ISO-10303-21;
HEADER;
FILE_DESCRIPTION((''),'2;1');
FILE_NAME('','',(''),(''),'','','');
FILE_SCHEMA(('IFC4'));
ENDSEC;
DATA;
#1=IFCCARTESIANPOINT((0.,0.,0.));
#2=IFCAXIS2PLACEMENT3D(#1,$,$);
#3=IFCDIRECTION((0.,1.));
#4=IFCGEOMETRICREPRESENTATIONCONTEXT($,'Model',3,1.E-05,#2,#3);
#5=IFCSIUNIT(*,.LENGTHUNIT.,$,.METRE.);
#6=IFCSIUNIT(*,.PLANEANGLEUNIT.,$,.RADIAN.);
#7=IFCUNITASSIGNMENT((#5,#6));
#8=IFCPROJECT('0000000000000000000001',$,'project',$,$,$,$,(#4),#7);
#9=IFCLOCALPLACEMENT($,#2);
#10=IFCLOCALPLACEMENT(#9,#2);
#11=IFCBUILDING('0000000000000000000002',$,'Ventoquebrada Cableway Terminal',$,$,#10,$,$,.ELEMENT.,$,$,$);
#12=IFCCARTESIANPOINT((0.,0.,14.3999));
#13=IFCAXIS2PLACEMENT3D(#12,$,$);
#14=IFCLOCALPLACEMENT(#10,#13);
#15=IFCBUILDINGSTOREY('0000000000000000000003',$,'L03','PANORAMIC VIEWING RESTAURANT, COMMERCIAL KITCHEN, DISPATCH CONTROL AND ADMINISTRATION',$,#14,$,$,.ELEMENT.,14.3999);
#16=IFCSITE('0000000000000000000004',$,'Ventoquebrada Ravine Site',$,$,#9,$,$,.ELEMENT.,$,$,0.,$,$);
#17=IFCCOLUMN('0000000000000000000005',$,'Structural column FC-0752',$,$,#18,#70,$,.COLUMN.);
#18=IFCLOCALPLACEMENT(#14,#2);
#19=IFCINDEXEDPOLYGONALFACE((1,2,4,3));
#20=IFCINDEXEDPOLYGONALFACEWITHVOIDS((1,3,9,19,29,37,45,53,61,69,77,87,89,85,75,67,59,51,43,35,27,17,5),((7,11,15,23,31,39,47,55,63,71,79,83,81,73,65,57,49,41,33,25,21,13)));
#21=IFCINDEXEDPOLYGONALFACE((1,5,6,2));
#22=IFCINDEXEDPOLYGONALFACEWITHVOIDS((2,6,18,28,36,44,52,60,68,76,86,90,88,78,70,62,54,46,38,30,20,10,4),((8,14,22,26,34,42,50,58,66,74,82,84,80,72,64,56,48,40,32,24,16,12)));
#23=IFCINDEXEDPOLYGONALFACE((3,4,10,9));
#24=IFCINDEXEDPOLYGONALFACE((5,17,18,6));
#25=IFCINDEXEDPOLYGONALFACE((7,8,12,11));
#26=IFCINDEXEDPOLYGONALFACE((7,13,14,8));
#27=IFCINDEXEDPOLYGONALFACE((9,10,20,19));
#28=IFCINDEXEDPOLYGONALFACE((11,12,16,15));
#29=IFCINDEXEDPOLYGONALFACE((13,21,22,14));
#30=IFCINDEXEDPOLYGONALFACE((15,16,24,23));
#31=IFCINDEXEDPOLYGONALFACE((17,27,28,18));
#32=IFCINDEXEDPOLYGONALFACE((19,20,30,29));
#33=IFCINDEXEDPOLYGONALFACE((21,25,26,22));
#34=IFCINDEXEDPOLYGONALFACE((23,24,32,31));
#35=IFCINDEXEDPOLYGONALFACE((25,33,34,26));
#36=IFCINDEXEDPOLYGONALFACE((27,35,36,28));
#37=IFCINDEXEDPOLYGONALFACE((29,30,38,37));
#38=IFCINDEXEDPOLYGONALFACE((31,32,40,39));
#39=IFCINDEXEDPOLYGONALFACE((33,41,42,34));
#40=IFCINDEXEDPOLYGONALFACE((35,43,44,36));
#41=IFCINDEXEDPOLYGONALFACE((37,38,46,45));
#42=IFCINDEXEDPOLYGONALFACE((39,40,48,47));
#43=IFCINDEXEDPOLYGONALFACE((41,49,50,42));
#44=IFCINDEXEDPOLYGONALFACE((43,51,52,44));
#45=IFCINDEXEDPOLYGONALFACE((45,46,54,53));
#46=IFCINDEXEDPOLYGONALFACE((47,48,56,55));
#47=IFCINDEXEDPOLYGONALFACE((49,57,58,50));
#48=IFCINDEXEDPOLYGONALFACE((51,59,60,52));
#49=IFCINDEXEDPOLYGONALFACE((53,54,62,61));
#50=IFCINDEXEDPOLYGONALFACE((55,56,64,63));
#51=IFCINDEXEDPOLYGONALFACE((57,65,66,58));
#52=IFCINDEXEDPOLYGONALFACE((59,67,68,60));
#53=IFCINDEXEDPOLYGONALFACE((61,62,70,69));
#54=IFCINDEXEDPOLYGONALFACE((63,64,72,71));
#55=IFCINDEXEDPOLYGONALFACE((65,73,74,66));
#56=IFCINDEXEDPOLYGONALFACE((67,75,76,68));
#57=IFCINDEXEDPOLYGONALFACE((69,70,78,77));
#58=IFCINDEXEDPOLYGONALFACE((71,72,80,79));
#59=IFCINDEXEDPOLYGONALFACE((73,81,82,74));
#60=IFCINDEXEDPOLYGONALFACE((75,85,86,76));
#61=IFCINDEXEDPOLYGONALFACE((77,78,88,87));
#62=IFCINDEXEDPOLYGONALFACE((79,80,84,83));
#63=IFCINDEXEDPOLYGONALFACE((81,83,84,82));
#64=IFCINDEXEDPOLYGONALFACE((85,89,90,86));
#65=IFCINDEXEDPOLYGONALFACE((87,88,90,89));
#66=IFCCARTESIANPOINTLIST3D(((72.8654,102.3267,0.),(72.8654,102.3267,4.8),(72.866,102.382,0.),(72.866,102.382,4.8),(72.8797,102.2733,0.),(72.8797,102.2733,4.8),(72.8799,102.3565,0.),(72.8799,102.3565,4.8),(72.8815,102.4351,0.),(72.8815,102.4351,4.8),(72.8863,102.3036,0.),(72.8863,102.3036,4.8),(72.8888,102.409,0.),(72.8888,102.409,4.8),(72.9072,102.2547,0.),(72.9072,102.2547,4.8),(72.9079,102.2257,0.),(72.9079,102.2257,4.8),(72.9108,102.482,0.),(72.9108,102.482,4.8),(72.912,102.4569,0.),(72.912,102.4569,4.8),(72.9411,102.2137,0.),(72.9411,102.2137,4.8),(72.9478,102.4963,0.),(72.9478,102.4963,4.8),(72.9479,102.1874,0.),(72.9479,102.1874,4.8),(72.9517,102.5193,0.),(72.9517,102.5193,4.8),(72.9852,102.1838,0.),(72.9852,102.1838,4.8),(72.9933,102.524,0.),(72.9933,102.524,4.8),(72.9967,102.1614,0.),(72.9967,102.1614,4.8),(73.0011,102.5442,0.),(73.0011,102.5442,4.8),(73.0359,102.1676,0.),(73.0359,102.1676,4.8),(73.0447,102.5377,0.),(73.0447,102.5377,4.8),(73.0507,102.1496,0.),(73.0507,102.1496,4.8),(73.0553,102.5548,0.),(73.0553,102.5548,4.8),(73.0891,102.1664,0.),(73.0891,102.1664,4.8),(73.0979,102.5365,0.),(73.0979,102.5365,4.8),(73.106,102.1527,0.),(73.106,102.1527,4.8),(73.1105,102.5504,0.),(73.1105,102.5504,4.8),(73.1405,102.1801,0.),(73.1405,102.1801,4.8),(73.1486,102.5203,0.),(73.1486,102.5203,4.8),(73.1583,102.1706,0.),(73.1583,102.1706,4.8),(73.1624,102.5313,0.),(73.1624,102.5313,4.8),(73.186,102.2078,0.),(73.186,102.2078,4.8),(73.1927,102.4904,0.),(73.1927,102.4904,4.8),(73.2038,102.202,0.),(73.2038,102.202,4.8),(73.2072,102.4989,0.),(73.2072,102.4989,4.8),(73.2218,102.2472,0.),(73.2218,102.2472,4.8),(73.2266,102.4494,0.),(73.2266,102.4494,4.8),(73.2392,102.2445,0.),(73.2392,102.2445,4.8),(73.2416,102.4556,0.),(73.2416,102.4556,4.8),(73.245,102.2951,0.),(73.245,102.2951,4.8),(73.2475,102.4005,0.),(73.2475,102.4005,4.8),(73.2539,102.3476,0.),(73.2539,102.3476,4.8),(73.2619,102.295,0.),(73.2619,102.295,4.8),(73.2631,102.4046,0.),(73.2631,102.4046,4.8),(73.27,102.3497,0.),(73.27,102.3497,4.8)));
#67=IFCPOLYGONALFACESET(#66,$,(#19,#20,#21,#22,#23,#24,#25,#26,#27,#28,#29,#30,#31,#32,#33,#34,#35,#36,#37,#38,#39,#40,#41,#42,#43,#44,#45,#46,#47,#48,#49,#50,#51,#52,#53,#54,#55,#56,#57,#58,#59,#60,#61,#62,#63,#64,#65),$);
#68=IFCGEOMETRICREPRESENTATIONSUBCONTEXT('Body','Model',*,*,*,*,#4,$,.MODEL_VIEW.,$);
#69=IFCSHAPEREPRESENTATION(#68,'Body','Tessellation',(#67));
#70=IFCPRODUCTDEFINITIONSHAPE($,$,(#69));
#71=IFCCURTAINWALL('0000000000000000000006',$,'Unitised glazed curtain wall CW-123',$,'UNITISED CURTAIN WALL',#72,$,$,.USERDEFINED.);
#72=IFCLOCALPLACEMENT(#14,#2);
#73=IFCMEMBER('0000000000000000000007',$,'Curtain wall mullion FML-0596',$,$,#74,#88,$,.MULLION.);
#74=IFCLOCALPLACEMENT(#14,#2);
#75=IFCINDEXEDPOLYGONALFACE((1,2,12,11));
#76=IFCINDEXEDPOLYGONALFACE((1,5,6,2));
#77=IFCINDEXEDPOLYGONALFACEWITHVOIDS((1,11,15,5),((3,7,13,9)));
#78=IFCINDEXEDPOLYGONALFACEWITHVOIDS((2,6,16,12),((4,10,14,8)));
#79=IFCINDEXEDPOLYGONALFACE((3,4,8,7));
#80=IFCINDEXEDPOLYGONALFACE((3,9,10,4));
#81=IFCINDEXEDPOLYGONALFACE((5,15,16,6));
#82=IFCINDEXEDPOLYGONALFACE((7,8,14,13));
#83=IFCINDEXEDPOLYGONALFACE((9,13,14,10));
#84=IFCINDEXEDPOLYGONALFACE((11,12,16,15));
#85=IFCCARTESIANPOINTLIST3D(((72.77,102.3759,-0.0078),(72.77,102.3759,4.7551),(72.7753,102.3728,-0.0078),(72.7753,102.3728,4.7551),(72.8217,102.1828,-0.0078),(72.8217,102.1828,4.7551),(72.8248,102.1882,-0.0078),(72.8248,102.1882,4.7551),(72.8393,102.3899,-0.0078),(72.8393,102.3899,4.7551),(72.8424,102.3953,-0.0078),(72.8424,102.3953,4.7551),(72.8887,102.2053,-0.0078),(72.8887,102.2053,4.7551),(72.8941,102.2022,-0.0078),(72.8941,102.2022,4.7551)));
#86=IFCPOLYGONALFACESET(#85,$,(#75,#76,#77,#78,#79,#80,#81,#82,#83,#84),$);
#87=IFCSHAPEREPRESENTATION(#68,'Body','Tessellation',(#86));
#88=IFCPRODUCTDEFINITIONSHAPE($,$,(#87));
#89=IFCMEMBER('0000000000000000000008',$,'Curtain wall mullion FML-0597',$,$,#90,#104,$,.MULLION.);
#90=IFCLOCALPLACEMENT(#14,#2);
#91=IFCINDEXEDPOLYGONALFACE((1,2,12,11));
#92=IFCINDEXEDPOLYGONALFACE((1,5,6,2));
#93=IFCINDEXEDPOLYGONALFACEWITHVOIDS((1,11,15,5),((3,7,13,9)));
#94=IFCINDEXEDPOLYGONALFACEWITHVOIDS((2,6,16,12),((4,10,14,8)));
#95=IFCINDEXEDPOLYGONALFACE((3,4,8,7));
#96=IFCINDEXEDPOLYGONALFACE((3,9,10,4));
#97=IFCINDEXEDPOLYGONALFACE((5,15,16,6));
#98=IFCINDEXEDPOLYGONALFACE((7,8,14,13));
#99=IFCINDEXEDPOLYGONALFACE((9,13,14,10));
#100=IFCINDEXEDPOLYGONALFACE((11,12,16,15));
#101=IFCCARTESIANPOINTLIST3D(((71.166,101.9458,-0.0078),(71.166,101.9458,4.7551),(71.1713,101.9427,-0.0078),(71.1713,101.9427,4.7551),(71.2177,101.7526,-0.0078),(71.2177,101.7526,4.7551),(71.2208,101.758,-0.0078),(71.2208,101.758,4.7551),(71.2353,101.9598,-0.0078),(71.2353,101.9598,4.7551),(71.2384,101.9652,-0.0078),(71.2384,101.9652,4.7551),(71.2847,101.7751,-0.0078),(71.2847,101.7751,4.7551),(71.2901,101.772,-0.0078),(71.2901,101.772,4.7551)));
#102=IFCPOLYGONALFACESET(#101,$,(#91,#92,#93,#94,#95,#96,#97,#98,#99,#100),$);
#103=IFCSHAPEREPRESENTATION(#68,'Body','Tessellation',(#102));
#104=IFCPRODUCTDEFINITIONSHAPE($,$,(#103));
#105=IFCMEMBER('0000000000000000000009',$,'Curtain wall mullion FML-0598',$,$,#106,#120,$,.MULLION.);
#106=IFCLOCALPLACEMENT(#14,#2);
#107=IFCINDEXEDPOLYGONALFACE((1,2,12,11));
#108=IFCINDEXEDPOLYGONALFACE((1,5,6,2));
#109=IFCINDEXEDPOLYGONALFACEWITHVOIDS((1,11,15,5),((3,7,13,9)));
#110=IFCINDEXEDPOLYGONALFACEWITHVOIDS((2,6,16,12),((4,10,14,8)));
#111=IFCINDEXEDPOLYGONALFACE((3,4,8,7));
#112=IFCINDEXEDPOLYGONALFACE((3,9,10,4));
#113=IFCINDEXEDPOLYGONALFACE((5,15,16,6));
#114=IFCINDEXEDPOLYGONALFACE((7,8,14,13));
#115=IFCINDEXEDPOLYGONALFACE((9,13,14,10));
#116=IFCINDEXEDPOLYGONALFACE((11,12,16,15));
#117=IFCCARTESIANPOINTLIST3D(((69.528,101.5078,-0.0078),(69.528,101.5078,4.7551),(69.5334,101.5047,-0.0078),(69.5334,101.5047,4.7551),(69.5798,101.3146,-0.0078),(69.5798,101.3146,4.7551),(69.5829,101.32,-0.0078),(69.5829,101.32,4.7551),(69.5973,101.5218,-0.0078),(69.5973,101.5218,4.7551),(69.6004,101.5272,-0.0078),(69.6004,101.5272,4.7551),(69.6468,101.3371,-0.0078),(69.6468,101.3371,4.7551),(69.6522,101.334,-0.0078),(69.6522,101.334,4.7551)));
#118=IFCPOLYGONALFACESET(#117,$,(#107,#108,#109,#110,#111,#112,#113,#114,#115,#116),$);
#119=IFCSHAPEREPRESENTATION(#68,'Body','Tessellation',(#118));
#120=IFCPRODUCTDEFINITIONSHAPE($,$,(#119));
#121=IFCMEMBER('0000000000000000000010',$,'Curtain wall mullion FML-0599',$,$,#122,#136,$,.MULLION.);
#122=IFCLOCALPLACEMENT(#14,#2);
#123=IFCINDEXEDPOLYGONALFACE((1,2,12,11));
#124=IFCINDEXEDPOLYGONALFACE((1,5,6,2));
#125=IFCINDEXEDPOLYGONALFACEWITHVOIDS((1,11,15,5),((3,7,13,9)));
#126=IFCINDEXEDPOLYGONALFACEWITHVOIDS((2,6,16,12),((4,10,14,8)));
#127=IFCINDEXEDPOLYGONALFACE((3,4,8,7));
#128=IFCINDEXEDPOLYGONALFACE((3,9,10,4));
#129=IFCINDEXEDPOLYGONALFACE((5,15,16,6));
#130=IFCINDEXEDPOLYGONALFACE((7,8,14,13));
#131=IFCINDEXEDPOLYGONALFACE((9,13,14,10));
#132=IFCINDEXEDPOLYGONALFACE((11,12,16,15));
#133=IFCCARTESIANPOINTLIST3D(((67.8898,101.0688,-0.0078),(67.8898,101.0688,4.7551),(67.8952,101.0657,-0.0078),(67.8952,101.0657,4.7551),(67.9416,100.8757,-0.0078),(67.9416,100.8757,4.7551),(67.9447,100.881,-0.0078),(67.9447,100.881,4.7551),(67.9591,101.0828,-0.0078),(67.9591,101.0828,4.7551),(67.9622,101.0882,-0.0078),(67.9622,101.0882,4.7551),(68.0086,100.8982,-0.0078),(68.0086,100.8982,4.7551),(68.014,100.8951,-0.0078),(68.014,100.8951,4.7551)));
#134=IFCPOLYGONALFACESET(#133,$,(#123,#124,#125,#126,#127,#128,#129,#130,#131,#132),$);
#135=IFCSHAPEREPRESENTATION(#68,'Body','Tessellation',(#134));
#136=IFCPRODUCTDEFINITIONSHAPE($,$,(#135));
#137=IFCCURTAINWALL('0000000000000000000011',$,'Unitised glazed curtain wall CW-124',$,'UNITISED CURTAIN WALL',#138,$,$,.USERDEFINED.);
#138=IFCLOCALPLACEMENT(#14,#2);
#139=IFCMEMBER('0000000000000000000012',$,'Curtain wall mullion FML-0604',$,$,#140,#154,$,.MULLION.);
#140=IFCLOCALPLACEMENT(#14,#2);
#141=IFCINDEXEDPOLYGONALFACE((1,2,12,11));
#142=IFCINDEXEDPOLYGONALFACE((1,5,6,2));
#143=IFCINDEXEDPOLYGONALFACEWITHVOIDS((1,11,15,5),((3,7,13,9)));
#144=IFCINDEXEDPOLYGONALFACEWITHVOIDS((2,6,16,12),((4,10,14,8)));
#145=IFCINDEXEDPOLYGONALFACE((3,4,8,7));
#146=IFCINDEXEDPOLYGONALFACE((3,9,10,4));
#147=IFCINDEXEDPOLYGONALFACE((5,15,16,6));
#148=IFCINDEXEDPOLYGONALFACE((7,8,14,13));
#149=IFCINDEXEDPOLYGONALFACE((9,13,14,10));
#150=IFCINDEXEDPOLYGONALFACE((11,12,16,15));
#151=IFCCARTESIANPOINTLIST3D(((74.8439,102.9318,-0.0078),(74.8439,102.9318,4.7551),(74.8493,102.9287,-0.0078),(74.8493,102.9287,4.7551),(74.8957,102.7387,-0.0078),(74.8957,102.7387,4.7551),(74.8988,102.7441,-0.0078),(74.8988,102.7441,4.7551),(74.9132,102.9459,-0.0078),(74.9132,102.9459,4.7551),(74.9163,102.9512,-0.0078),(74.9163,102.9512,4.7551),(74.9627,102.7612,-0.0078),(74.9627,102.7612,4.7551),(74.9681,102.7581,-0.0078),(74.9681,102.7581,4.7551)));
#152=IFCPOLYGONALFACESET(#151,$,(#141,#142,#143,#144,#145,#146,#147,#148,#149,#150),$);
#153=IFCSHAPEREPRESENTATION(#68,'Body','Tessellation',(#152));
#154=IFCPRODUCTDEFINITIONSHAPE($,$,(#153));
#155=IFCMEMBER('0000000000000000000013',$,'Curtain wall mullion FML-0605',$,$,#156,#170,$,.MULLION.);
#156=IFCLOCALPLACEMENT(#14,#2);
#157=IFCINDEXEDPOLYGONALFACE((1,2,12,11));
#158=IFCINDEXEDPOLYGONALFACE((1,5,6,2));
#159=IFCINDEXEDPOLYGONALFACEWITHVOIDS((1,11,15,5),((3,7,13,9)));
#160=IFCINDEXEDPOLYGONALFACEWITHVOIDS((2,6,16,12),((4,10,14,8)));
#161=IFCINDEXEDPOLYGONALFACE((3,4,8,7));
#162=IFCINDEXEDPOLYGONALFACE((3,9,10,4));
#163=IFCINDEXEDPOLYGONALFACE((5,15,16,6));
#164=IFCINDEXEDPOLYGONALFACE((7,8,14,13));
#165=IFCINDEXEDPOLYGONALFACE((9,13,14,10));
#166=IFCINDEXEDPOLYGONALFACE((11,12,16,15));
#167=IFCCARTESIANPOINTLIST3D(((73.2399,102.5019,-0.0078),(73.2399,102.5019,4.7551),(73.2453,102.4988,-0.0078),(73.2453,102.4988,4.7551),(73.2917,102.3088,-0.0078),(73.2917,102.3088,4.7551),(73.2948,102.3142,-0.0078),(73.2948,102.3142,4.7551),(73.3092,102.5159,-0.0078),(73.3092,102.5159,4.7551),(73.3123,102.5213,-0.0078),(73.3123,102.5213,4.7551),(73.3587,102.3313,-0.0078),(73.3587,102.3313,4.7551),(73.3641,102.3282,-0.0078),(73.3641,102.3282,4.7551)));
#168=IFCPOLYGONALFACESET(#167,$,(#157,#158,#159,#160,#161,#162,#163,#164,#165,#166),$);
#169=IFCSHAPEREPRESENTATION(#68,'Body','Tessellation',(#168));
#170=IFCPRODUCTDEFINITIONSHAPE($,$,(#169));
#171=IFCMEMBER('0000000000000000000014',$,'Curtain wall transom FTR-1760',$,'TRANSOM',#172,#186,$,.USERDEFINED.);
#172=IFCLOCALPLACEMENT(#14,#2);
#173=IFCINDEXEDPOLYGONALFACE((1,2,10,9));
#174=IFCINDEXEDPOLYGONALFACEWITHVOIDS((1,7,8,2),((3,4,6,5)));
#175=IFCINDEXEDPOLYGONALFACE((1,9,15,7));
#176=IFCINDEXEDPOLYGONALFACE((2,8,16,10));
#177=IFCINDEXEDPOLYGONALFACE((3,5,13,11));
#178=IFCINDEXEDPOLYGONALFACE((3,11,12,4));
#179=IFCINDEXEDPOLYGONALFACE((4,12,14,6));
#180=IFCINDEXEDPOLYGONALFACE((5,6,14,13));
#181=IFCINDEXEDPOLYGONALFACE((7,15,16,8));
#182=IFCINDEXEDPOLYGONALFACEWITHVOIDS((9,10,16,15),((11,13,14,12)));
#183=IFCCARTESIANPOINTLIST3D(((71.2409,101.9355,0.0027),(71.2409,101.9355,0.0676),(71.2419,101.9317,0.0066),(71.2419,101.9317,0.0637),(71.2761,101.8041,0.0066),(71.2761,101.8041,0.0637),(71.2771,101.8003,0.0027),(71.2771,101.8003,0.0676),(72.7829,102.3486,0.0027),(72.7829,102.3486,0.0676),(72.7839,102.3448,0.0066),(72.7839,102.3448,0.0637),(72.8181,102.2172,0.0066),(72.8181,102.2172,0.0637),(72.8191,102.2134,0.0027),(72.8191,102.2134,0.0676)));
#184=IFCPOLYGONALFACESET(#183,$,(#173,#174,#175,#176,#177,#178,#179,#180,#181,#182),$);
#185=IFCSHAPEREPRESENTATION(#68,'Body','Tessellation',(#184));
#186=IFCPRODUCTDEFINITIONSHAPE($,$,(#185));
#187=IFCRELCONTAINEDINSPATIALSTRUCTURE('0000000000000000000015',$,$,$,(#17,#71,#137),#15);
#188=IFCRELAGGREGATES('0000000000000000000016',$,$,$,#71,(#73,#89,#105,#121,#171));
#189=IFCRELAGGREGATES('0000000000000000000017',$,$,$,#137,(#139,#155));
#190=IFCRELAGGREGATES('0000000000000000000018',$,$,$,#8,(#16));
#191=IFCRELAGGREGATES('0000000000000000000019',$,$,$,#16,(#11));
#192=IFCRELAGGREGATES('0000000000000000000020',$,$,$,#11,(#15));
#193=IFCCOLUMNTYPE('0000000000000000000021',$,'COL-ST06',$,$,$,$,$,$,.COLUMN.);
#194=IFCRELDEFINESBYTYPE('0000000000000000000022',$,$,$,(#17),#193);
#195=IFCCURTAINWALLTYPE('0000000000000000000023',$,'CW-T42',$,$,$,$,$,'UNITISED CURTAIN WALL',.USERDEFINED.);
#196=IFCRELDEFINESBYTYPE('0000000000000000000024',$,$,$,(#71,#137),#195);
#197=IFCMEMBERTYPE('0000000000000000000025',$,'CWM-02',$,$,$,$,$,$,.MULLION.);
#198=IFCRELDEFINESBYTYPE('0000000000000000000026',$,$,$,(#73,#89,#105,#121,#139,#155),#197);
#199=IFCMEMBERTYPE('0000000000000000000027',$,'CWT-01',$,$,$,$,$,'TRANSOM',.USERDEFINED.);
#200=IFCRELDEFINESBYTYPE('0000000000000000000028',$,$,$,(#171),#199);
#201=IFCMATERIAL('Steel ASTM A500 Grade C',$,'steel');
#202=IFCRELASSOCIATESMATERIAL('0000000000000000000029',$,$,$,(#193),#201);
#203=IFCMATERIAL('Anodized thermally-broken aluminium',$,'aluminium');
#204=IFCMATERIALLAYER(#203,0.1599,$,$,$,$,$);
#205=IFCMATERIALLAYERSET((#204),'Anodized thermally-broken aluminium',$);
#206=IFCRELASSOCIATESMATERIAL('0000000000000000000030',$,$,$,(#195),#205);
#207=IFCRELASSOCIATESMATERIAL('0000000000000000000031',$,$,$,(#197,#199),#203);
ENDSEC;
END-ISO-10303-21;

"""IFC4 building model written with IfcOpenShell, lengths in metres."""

from ifc_helpers import new_model, si_unit, direction, frame, origin, origin_2d, place, context, subcontext, project, spatial, hollow_rectangle, hollow_circle, extrude, material, layer, layer_set, material_profile, profile_set, type_object, element, aggregate, save


model = new_model("IFC4")

# Units and contexts
model_context = context("Model", 3, precision=1e-05, world=origin(), true_north=direction((0.0, 1.0)))
body_context = subcontext(model_context, "Body", "Model", "MODEL_VIEW")
ifc_project = project(units=[si_unit("LENGTHUNIT", "METRE"), si_unit("PLANEANGLEUNIT", "RADIAN")], contexts=[model_context])

# Site, building, storey
site_placement = place(None, origin())
site = spatial("IfcSite", under=ifc_project, at=site_placement, Name="Ventoquebrada Ravine Site", CompositionType="ELEMENT", RefElevation=0.0)
building_placement = place(site_placement, origin())
building = spatial("IfcBuilding", under=site, at=building_placement, Name="Ventoquebrada Cableway Terminal", CompositionType="ELEMENT")
storey_placement = place(building_placement, frame((0.0, 0.0, 14.3999)))
storey = spatial("IfcBuildingStorey", under=building, at=storey_placement, Name="L03", Description="PANORAMIC VIEWING RESTAURANT, COMMERCIAL KITCHEN, DISPATCH CONTROL AND ADMINISTRATION", CompositionType="ELEMENT", Elevation=14.3999)

# Column
ifc_material_1 = material(Name="Steel ASTM A500 Grade C", Category="steel")
ifc_material_profile_1 = material_profile(ifc_material_1, hollow_circle(Radius=0.2031, WallThickness=0.0161, at=origin_2d()), Name="CHS406.4X16")
ifc_profile_set_1 = profile_set([ifc_material_profile_1], Name="Steel ASTM A500 Grade C")
column_type = type_object("IfcColumnType", Name="COL-ST06", PredefinedType="COLUMN", material=ifc_profile_set_1)
column_placement = place(storey_placement, frame((73.0669, 102.3521, 0.0), z_axis=(0.0, 0.0, 1.0), x_axis=(0.965926, 0.258819, 0.0)))
element("IfcColumn", 1, at=column_placement, inside=storey, type_object=column_type, Name="Structural column FC-0752", PredefinedType="COLUMN", context=body_context, shape_type="SweptSolid", body=[
    extrude(hollow_circle(Radius=0.2031, WallThickness=0.0161, at=origin_2d()), origin(), (0.0, 0.0, 1.0), 4.8),
])

# Curtain walls, members
ifc_material_2 = material(Name="Anodized thermally-broken aluminium", Category="aluminium")
ifc_layer_1 = layer(ifc_material_2, 0.1599)
ifc_layer_set_1 = layer_set([ifc_layer_1], Name="Anodized thermally-broken aluminium")
curtain_wall_type = type_object("IfcCurtainWallType", Name="CW-T42", ElementType="UNITISED CURTAIN WALL", PredefinedType="USERDEFINED", material=ifc_layer_set_1)
curtain_wall_1_placement = place(storey_placement, origin())
curtain_wall_1 = element("IfcCurtainWall", 2, at=curtain_wall_1_placement, inside=storey, type_object=curtain_wall_type, Name="Unitised glazed curtain wall CW-123", ObjectType="UNITISED CURTAIN WALL", PredefinedType="USERDEFINED")
ifc_material_profile_2 = material_profile(ifc_material_2, hollow_rectangle(XDim=0.075, YDim=0.2, WallThickness=0.0044, at=origin_2d()), Name="CW-MUL-75X200")
ifc_profile_set_2 = profile_set([ifc_material_profile_2], Name="Anodized thermally-broken aluminium")
member_type_1 = type_object("IfcMemberType", Name="CWM-02", PredefinedType="MULLION", material=ifc_profile_set_2)
member_1_placement = place(storey_placement, frame((72.832, 102.2891, -0.0078), z_axis=(0.0, 0.0, 1.0), x_axis=(-0.965948, -0.258735, 0.0)))
member_1 = element("IfcMember", 3, at=member_1_placement, type_object=member_type_1, Name="Curtain wall mullion FML-0596", PredefinedType="MULLION", context=body_context, shape_type="SweptSolid", body=[
    extrude(hollow_rectangle(XDim=0.075, YDim=0.2, WallThickness=0.0044, at=origin_2d()), origin(), (0.0, 0.0, 1.0), 4.7629),
])
member_2_placement = place(storey_placement, frame((71.228, 101.8589, -0.0078), z_axis=(0.0, 0.0, 1.0), x_axis=(-0.965948, -0.258735, 0.0)))
member_2 = element("IfcMember", 4, at=member_2_placement, type_object=member_type_1, Name="Curtain wall mullion FML-0597", PredefinedType="MULLION", context=body_context, shape_type="SweptSolid", body=[
    extrude(hollow_rectangle(XDim=0.075, YDim=0.2, WallThickness=0.0044, at=origin_2d()), origin(), (0.0, 0.0, 1.0), 4.7629),
])
member_3_placement = place(storey_placement, frame((69.5901, 101.4209, -0.0078), z_axis=(0.0, 0.0, 1.0), x_axis=(-0.965948, -0.258735, 0.0)))
member_3 = element("IfcMember", 5, at=member_3_placement, type_object=member_type_1, Name="Curtain wall mullion FML-0598", PredefinedType="MULLION", context=body_context, shape_type="SweptSolid", body=[
    extrude(hollow_rectangle(XDim=0.075, YDim=0.2, WallThickness=0.0044, at=origin_2d()), origin(), (0.0, 0.0, 1.0), 4.7629),
])
member_4_placement = place(storey_placement, frame((67.9519, 100.9819, -0.0078), z_axis=(0.0, 0.0, 1.0), x_axis=(-0.965948, -0.258735, 0.0)))
member_4 = element("IfcMember", 6, at=member_4_placement, type_object=member_type_1, Name="Curtain wall mullion FML-0599", PredefinedType="MULLION", context=body_context, shape_type="SweptSolid", body=[
    extrude(hollow_rectangle(XDim=0.075, YDim=0.2, WallThickness=0.0044, at=origin_2d()), origin(), (0.0, 0.0, 1.0), 4.7629),
])
curtain_wall_2_placement = place(storey_placement, origin())
curtain_wall_2 = element("IfcCurtainWall", 7, at=curtain_wall_2_placement, inside=storey, type_object=curtain_wall_type, Name="Unitised glazed curtain wall CW-124", ObjectType="UNITISED CURTAIN WALL", PredefinedType="USERDEFINED")
member_5_placement = place(storey_placement, frame((74.906, 102.845, -0.0078), z_axis=(0.0, 0.0, 1.0), x_axis=(-0.965921, -0.258836, 0.0)))
member_5 = element("IfcMember", 8, at=member_5_placement, type_object=member_type_1, Name="Curtain wall mullion FML-0604", PredefinedType="MULLION", context=body_context, shape_type="SweptSolid", body=[
    extrude(hollow_rectangle(XDim=0.075, YDim=0.2, WallThickness=0.0044, at=origin_2d()), origin(), (0.0, 0.0, 1.0), 4.7629),
])
member_6_placement = place(storey_placement, frame((73.302, 102.415, -0.0078), z_axis=(0.0, 0.0, 1.0), x_axis=(-0.965921, -0.258836, 0.0)))
member_6 = element("IfcMember", 9, at=member_6_placement, type_object=member_type_1, Name="Curtain wall mullion FML-0605", PredefinedType="MULLION", context=body_context, shape_type="SweptSolid", body=[
    extrude(hollow_rectangle(XDim=0.075, YDim=0.2, WallThickness=0.0044, at=origin_2d()), origin(), (0.0, 0.0, 1.0), 4.7629),
])

# Member
ifc_material_profile_3 = material_profile(ifc_material_2, hollow_rectangle(XDim=0.0649, YDim=0.1399, WallThickness=0.0039, at=origin_2d()), Name="CW-TRN-65X140")
ifc_profile_set_3 = profile_set([ifc_material_profile_3], Name="Anodized thermally-broken aluminium")
member_type_2 = type_object("IfcMemberType", Name="CWT-01", ElementType="TRANSOM", PredefinedType="USERDEFINED", material=ifc_profile_set_3)
member_7_placement = place(storey_placement, frame((72.801, 102.281, 0.0352), z_axis=(-0.96594, -0.258767, 0.0), x_axis=(0.0, 0.0, 1.0)))
member_7 = element("IfcMember", 10, at=member_7_placement, type_object=member_type_2, Name="Curtain wall transom FTR-1760", ObjectType="TRANSOM", PredefinedType="USERDEFINED", context=body_context, shape_type="SweptSolid", body=[
    extrude(hollow_rectangle(XDim=0.0649, YDim=0.1399, WallThickness=0.0039, at=origin_2d()), origin(), (0.0, 0.0, 1.0), 1.5964),
])

aggregate(curtain_wall_1, [member_1, member_2, member_3, member_4, member_7])
aggregate(curtain_wall_2, [member_5, member_6])

save(model, "model.ifc")
